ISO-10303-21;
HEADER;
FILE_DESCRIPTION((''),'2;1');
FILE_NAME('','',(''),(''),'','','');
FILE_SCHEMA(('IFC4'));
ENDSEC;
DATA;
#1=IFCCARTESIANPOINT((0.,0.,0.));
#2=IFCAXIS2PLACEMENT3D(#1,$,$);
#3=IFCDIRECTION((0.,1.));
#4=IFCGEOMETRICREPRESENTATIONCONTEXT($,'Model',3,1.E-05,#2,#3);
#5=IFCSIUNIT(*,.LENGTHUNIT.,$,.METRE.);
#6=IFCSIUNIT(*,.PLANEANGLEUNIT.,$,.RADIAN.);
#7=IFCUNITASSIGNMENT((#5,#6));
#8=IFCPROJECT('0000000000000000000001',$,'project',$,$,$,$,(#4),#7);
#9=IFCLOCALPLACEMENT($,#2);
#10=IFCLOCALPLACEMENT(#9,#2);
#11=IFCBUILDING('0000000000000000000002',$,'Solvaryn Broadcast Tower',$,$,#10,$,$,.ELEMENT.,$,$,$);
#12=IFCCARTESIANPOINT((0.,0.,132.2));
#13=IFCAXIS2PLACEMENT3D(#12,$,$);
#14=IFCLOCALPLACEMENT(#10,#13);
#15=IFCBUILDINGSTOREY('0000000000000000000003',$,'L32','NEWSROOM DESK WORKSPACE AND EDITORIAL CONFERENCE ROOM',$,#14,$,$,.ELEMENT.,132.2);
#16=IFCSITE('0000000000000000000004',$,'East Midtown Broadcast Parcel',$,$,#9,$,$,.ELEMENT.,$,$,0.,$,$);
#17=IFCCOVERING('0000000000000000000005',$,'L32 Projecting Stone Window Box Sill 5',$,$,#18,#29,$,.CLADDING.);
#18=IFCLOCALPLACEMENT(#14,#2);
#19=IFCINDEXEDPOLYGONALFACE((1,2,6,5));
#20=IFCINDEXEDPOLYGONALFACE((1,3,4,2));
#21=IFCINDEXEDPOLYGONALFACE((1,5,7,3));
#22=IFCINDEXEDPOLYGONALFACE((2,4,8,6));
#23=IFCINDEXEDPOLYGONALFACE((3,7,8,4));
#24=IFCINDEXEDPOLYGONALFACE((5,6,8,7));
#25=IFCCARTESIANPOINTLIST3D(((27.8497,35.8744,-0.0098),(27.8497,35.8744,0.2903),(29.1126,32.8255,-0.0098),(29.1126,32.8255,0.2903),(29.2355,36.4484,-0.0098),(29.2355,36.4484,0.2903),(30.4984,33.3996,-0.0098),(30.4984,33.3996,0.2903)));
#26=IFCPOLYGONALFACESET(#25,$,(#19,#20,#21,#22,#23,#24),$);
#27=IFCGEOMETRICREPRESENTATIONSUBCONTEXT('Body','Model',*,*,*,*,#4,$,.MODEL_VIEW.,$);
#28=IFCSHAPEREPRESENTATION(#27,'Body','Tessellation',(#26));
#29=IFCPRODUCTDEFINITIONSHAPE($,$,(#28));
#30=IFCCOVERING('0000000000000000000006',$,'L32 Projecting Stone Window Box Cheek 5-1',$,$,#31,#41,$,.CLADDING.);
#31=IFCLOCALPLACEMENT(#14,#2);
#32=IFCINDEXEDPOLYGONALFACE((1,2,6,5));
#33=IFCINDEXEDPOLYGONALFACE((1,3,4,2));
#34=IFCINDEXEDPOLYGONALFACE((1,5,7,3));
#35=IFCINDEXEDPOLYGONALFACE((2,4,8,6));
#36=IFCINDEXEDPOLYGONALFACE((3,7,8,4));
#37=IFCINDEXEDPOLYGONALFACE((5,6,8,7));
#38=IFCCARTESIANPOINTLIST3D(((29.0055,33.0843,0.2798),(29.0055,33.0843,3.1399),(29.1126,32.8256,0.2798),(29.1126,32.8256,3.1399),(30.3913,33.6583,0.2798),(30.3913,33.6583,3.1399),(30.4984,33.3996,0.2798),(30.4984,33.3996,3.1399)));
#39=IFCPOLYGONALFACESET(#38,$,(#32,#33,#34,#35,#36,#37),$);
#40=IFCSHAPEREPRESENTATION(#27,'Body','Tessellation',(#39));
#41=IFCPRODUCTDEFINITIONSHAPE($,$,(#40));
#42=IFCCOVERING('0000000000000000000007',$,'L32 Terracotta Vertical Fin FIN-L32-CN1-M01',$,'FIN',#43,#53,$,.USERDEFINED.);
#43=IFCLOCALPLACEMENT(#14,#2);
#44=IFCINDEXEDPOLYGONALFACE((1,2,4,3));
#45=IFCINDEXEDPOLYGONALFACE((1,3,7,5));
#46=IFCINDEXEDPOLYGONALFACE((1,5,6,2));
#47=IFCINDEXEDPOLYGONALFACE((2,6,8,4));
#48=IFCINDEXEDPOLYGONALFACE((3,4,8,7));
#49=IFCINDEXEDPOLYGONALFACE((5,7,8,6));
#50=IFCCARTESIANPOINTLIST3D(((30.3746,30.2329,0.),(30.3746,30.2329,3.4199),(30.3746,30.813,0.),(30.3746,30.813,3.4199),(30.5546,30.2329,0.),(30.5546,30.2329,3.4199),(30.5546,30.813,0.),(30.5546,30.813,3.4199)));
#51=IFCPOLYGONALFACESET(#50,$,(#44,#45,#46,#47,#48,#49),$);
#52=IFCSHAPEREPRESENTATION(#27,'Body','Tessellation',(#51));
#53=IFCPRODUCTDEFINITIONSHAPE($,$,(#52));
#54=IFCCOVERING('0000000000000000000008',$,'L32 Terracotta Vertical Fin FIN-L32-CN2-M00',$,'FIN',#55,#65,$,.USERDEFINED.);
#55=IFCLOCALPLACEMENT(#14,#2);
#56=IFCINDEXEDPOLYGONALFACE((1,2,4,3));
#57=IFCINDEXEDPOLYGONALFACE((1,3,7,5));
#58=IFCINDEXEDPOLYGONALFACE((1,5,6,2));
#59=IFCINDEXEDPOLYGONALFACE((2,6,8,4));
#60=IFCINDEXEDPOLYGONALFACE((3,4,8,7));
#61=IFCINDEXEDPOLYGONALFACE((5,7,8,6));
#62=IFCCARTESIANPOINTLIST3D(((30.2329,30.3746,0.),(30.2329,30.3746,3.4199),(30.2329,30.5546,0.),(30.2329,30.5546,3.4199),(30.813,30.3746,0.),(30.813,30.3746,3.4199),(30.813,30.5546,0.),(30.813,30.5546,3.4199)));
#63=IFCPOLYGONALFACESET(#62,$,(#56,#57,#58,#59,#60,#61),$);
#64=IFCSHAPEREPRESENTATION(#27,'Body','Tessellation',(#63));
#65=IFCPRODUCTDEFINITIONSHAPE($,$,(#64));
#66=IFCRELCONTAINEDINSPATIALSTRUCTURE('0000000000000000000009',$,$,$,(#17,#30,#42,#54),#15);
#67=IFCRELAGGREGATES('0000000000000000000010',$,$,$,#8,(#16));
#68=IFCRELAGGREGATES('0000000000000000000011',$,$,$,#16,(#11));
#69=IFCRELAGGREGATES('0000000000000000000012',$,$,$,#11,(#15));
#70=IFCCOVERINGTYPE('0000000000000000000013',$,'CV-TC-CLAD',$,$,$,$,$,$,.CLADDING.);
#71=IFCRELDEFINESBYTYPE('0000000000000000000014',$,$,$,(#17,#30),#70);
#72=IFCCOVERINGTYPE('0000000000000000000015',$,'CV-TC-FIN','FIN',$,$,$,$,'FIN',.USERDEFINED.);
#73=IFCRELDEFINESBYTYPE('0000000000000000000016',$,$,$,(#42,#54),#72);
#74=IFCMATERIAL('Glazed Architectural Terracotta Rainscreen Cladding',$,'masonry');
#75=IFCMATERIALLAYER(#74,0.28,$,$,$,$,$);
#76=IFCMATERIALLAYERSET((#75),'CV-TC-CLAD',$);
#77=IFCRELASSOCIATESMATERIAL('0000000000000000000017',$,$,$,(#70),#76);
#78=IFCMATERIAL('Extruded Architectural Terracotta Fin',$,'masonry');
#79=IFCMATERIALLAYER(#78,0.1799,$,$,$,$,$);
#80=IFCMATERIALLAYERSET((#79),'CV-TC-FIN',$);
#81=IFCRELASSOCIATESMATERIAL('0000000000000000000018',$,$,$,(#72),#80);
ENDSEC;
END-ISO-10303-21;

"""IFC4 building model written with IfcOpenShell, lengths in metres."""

from ifc_helpers import new_model, si_unit, direction, frame, origin, origin_2d, place, context, subcontext, project, spatial, rectangle, extrude, material, layer, layer_set, type_object, element, save


model = new_model("IFC4")

# Units and contexts
model_context = context("Model", 3, precision=1e-05, world=origin(), true_north=direction((0.0, 1.0)))
body_context = subcontext(model_context, "Body", "Model", "MODEL_VIEW")
ifc_project = project(units=[si_unit("LENGTHUNIT", "METRE"), si_unit("PLANEANGLEUNIT", "RADIAN")], contexts=[model_context])

# Site, building, storey
site_placement = place(None, origin())
site = spatial("IfcSite", under=ifc_project, at=site_placement, Name="East Midtown Broadcast Parcel", CompositionType="ELEMENT", RefElevation=0.0)
building_placement = place(site_placement, origin())
building = spatial("IfcBuilding", under=site, at=building_placement, Name="Solvaryn Broadcast Tower", CompositionType="ELEMENT")
storey_placement = place(building_placement, frame((0.0, 0.0, 132.2)))
storey = spatial("IfcBuildingStorey", under=building, at=storey_placement, Name="L32", Description="NEWSROOM DESK WORKSPACE AND EDITORIAL CONFERENCE ROOM", CompositionType="ELEMENT", Elevation=132.2)

# Coverings
ifc_material_1 = material(Name="Glazed Architectural Terracotta Rainscreen Cladding", Category="masonry")
ifc_layer_1 = layer(ifc_material_1, 0.28)
ifc_layer_set_1 = layer_set([ifc_layer_1], Name="CV-TC-CLAD")
covering_type_1 = type_object("IfcCoveringType", Name="CV-TC-CLAD", PredefinedType="CLADDING", material=ifc_layer_set_1)
for number, where, z_axis, x_axis, name in (
    (1, (29.1741, 34.637, -0.0098), (0.0, 0.0, 1.0), (-0.382683, 0.92388, 0.0), "L32 Projecting Stone Window Box Sill 5"),
):
    element("IfcCovering", number, at=place(storey_placement, frame(where, z_axis=z_axis, x_axis=x_axis)), inside=storey, type_object=covering_type_1, Name=name, PredefinedType="CLADDING", context=body_context, shape_type="SweptSolid", body=[
        extrude(rectangle(XDim=3.3, YDim=1.5, at=origin_2d()), origin(), (0.0, 0.0, 1.0), 0.3),
    ])
covering_1_placement = place(storey_placement, frame((29.752, 33.2419, 0.2798), z_axis=(0.0, 0.0, 1.0), x_axis=(-0.382683, 0.92388, 0.0)))
element("IfcCovering", 2, at=covering_1_placement, inside=storey, type_object=covering_type_1, Name="L32 Projecting Stone Window Box Cheek 5-1", PredefinedType="CLADDING", context=body_context, shape_type="SweptSolid", body=[
    extrude(rectangle(XDim=0.28, YDim=1.5, at=origin_2d()), origin(), (0.0, 0.0, 1.0), 2.8601),
])
ifc_material_2 = material(Name="Extruded Architectural Terracotta Fin", Category="masonry")
ifc_layer_2 = layer(ifc_material_2, 0.1799)
ifc_layer_set_2 = layer_set([ifc_layer_2], Name="CV-TC-FIN")
covering_type_2 = type_object("IfcCoveringType", Name="CV-TC-FIN", Description="FIN", ElementType="FIN", PredefinedType="USERDEFINED", material=ifc_layer_set_2)
covering_2_placement = place(storey_placement, frame((30.4646, 30.5229, 0.0), z_axis=(0.0, 0.0, 1.0), x_axis=(1.0, 0.0, 0.0)))
element("IfcCovering", 3, at=covering_2_placement, inside=storey, type_object=covering_type_2, Name="L32 Terracotta Vertical Fin FIN-L32-CN1-M01", ObjectType="FIN", PredefinedType="USERDEFINED", context=body_context, shape_type="SweptSolid", body=[
    extrude(rectangle(XDim=0.1799, YDim=0.5801, at=origin_2d()), origin(), (0.0, 0.0, 1.0), 3.4199),
])
covering_3_placement = place(storey_placement, frame((30.5229, 30.4646, 0.0), z_axis=(0.0, 0.0, 1.0), x_axis=(1.0, 0.0, 0.0)))
element("IfcCovering", 4, at=covering_3_placement, inside=storey, type_object=covering_type_2, Name="L32 Terracotta Vertical Fin FIN-L32-CN2-M00", ObjectType="FIN", PredefinedType="USERDEFINED", context=body_context, shape_type="SweptSolid", body=[
    extrude(rectangle(XDim=0.5801, YDim=0.1799, at=origin_2d()), origin(), (0.0, 0.0, 1.0), 3.4199),
])

save(model, "model.ifc")
